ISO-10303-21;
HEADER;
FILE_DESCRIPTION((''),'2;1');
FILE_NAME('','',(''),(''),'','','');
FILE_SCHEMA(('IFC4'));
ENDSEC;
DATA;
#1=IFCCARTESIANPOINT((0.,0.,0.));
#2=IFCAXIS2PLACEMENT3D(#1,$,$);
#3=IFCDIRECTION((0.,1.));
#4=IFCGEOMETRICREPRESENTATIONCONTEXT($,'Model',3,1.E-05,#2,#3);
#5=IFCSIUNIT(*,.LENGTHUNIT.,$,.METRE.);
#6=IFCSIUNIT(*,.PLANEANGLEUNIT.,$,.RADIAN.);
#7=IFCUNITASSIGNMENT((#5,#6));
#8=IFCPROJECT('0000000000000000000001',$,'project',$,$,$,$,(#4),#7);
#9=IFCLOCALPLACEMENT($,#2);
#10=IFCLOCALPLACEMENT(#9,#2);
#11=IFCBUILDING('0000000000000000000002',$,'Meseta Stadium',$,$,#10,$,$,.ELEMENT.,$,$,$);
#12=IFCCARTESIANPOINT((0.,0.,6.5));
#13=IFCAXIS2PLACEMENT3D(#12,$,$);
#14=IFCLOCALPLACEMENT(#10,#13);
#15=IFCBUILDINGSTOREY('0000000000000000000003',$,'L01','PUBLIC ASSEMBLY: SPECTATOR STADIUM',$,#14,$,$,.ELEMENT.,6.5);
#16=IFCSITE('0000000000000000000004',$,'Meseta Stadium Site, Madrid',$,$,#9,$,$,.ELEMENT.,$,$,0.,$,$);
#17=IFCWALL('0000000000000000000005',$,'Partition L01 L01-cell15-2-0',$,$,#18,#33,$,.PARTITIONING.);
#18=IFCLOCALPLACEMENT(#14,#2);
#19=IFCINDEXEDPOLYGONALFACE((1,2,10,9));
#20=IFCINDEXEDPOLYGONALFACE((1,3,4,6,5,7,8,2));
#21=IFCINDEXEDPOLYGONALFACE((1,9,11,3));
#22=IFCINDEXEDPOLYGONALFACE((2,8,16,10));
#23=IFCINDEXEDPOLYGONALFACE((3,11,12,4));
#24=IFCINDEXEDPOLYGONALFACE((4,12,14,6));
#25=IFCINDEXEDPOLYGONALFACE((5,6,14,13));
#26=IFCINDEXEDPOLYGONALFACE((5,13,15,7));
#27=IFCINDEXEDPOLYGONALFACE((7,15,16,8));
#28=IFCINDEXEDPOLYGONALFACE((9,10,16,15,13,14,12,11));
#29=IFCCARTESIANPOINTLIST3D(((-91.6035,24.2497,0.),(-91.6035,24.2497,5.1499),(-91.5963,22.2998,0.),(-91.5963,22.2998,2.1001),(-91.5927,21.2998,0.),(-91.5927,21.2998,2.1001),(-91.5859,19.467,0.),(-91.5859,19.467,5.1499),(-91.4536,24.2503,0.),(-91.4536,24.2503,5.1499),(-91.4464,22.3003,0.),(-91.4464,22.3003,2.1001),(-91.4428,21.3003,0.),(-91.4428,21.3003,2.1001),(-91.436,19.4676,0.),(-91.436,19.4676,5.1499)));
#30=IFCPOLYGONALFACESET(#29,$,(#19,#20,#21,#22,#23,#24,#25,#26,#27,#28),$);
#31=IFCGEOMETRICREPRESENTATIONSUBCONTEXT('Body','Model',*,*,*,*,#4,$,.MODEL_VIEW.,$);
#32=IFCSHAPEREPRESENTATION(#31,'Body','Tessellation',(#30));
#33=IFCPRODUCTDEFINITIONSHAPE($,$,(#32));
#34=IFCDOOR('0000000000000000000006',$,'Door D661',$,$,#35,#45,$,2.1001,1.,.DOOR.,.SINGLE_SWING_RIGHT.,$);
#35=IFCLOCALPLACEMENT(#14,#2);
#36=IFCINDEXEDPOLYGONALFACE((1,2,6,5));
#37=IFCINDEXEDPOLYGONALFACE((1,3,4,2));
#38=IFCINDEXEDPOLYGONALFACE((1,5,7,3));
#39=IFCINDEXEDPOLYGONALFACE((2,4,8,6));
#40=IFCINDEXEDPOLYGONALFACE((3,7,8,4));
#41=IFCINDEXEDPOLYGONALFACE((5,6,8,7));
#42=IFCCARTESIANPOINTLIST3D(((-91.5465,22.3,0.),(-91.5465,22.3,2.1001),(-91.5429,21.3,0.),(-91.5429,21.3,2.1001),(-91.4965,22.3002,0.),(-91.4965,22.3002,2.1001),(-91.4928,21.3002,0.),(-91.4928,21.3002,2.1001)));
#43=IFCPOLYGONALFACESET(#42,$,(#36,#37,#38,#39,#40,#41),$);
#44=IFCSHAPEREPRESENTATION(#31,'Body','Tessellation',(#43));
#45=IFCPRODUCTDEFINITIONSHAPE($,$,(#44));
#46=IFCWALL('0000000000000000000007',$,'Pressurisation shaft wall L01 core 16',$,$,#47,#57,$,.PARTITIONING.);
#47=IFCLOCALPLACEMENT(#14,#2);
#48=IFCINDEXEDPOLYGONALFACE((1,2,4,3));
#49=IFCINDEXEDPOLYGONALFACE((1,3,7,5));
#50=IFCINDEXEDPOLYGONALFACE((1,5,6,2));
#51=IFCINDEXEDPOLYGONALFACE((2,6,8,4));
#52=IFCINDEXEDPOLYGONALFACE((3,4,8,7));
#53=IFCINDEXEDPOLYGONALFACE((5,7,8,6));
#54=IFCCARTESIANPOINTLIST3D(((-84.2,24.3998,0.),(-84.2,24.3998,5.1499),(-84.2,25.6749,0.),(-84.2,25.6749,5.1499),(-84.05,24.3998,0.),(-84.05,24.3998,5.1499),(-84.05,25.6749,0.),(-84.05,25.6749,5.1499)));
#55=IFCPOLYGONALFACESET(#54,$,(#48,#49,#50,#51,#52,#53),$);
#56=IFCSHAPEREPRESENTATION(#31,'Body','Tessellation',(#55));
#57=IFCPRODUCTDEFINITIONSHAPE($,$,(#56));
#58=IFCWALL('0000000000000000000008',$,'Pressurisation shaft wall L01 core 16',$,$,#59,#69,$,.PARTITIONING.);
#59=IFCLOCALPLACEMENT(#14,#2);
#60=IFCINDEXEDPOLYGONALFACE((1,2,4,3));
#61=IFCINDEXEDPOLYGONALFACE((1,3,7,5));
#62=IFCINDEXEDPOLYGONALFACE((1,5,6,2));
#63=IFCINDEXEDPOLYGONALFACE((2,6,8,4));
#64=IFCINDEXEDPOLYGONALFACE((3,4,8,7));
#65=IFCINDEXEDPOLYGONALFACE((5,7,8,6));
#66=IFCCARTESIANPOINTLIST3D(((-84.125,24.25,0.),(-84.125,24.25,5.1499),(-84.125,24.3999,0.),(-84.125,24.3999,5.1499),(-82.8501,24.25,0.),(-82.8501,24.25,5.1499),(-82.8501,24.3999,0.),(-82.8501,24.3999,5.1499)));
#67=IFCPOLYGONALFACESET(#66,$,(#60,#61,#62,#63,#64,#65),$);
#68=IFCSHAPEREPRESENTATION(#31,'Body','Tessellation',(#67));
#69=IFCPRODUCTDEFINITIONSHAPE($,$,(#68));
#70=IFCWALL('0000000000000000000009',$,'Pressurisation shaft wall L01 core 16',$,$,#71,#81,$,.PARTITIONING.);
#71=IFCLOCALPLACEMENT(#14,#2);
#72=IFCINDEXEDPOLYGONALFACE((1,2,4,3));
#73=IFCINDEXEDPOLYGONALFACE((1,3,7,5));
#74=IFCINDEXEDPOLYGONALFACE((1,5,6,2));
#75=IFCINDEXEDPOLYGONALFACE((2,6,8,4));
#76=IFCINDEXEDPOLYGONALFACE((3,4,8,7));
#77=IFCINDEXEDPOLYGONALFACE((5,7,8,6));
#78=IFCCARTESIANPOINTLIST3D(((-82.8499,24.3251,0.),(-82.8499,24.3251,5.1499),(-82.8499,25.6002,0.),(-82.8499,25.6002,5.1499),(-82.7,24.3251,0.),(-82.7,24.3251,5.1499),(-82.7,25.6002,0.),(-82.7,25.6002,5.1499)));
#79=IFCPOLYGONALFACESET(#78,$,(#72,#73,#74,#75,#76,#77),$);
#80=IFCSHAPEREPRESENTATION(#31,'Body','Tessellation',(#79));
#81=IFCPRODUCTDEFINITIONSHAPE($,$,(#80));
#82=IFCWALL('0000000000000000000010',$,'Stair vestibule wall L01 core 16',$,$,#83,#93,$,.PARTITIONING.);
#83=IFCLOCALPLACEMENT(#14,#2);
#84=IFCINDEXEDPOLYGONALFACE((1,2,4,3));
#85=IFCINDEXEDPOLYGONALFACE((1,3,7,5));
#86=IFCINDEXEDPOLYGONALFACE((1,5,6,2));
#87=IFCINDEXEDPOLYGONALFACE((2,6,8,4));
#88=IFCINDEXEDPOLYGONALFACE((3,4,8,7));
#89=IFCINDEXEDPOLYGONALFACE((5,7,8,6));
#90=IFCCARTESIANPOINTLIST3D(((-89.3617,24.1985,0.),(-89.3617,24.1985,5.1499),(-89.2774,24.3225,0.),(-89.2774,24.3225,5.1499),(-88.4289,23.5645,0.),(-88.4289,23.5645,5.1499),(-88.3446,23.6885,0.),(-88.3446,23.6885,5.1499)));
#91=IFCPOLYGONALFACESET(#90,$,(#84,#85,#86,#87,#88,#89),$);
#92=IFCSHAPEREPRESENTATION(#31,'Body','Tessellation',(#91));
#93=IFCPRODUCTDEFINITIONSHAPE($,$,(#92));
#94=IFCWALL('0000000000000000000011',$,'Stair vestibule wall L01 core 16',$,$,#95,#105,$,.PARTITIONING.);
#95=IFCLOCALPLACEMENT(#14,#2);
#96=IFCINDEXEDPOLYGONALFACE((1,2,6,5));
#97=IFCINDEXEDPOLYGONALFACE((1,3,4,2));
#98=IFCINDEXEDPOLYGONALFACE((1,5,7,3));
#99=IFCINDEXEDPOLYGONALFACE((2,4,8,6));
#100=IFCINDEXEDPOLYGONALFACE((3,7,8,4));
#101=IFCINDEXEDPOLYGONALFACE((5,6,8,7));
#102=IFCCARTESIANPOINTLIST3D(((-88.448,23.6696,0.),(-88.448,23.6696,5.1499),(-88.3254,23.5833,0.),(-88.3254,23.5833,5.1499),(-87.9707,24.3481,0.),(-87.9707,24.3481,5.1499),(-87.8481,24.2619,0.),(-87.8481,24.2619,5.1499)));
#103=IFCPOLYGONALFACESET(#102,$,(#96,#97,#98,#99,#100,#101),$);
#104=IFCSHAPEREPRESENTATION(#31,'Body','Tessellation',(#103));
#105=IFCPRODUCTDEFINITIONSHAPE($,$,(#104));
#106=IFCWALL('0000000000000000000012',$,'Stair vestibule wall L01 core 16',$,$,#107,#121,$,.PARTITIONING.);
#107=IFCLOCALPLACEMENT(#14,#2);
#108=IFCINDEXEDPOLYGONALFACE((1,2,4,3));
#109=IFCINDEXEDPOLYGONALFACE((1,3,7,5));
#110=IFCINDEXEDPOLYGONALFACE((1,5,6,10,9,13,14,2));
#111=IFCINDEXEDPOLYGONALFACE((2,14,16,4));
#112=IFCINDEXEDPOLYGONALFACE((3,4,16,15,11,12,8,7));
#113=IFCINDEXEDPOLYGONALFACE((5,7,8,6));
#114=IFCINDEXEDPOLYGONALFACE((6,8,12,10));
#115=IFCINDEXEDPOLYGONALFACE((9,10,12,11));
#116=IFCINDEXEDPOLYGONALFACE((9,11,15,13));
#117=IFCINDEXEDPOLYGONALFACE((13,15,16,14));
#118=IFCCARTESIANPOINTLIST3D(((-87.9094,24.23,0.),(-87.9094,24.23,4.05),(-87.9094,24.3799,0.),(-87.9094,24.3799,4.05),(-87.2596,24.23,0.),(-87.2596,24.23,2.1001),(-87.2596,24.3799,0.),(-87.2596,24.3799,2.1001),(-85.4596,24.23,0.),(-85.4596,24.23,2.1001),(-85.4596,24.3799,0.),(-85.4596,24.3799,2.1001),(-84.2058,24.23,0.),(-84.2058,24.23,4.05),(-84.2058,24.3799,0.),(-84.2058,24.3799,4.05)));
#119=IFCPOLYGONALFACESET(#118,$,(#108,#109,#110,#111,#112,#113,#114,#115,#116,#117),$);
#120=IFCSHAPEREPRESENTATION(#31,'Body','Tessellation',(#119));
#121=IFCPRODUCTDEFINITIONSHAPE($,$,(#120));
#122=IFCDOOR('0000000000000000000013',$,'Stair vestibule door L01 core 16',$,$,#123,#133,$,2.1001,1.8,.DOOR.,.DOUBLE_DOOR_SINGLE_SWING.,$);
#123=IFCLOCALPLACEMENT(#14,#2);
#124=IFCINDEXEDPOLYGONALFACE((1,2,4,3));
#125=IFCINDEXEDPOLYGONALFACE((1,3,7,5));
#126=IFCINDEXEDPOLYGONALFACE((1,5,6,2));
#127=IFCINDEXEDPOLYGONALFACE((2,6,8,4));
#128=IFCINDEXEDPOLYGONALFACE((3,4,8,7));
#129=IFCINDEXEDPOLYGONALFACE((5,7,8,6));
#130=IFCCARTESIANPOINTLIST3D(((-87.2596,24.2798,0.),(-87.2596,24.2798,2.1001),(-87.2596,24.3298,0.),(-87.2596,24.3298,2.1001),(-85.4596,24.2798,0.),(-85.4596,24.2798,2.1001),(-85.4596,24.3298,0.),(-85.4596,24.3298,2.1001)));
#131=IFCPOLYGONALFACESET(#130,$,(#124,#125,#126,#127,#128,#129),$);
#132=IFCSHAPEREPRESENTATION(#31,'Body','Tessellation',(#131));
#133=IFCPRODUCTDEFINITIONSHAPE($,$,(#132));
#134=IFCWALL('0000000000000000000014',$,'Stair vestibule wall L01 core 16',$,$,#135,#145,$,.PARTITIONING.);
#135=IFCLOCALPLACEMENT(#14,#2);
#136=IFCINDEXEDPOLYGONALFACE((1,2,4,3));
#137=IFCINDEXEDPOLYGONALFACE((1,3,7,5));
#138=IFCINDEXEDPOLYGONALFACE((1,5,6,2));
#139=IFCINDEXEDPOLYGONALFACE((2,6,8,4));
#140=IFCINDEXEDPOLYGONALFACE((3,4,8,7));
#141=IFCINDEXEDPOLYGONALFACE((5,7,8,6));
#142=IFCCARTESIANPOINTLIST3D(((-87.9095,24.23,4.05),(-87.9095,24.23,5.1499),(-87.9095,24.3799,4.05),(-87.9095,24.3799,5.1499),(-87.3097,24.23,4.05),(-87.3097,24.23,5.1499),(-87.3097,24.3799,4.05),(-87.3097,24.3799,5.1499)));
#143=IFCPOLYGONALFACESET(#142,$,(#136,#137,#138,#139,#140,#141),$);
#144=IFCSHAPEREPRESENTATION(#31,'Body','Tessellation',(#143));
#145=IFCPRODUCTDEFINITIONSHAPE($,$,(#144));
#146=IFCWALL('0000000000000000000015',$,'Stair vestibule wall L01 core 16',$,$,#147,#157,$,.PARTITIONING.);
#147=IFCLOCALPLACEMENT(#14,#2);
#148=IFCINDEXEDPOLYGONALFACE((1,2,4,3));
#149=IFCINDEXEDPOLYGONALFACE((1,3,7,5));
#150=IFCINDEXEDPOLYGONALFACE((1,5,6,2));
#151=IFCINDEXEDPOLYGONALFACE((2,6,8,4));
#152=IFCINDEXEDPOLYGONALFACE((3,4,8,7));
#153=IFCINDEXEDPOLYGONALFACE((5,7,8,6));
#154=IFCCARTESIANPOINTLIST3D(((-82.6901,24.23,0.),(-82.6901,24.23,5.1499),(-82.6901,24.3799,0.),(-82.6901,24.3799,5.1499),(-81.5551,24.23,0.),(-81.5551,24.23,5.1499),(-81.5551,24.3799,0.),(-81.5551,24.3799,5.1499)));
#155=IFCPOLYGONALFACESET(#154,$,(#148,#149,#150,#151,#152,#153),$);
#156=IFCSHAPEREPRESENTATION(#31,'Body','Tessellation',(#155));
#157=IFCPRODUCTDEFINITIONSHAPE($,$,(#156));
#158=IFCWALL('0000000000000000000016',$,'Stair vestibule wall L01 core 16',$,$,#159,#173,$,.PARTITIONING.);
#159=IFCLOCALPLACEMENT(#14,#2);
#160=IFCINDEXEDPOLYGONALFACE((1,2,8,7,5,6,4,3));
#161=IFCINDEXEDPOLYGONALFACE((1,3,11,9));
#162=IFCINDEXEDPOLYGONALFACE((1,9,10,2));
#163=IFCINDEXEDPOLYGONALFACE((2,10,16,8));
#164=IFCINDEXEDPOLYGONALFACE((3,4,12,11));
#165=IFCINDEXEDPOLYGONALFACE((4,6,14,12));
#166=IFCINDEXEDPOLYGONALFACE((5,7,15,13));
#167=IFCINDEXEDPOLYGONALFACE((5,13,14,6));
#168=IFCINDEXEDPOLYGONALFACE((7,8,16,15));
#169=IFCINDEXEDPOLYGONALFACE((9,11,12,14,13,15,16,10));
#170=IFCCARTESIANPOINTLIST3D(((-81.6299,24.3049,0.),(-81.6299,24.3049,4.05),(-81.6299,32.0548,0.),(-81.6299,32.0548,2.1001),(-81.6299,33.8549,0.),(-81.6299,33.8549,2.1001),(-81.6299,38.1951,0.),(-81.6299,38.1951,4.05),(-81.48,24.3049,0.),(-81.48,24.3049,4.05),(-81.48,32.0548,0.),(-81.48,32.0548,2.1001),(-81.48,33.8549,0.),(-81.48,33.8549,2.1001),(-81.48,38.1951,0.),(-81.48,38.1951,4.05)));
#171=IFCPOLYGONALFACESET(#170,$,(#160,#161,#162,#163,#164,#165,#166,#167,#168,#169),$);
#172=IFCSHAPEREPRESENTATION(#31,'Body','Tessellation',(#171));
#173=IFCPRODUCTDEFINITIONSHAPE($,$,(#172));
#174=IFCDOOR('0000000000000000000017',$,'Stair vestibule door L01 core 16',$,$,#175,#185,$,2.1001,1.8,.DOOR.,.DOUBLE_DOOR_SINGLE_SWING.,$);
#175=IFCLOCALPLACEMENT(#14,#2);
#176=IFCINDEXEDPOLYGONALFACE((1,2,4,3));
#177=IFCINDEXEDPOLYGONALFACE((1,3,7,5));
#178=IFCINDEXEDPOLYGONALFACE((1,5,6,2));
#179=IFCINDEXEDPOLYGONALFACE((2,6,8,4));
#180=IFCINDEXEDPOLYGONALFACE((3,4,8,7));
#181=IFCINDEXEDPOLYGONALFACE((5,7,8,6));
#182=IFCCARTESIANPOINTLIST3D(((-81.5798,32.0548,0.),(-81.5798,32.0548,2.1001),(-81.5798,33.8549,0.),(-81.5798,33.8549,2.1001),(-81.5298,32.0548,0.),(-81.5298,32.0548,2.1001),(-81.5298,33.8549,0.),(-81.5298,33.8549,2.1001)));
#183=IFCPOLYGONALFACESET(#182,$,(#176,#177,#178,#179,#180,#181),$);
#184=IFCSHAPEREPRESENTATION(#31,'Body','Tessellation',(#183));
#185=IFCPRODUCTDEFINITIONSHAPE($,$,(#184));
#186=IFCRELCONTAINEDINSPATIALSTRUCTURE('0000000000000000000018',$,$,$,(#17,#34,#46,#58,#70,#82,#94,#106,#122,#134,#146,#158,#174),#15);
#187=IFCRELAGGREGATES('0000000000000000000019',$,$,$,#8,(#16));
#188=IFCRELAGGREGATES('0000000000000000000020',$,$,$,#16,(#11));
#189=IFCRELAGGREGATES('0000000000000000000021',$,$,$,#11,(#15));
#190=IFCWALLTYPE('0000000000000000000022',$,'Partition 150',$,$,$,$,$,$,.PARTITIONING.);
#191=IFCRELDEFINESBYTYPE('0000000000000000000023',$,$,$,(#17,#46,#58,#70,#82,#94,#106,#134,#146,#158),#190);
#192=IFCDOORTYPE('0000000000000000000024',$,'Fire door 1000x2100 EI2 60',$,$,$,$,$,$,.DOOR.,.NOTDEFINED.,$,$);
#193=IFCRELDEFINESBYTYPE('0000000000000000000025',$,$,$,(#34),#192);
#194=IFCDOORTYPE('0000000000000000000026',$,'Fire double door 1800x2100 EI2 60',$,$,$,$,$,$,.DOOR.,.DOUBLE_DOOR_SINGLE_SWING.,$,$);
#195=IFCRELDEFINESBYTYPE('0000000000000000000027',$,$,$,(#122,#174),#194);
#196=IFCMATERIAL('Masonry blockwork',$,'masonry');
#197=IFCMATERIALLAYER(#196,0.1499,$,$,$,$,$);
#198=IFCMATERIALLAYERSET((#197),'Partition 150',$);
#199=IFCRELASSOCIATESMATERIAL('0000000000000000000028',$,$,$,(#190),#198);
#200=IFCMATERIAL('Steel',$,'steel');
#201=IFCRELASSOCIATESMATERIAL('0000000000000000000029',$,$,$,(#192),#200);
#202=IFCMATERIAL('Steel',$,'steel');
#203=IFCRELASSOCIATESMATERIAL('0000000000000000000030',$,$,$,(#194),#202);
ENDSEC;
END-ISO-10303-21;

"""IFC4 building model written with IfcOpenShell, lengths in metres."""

from ifc_helpers import new_model, si_unit, direction, frame, frame_2d, origin, place, context, subcontext, project, spatial, rectangle, extrude, material, layer, layer_set, type_object, element, fill, save


model = new_model("IFC4")

# Units and contexts
model_context = context("Model", 3, precision=1e-05, world=origin(), true_north=direction((0.0, 1.0)))
body_context = subcontext(model_context, "Body", "Model", "MODEL_VIEW")
ifc_project = project(units=[si_unit("LENGTHUNIT", "METRE"), si_unit("PLANEANGLEUNIT", "RADIAN")], contexts=[model_context])

# Site, building, storey
site_placement = place(None, origin())
site = spatial("IfcSite", under=ifc_project, at=site_placement, Name="Meseta Stadium Site, Madrid", CompositionType="ELEMENT", RefElevation=0.0)
building_placement = place(site_placement, origin())
building = spatial("IfcBuilding", under=site, at=building_placement, Name="Meseta Stadium", CompositionType="ELEMENT")
storey_placement = place(building_placement, frame((0.0, 0.0, 6.5)))
storey = spatial("IfcBuildingStorey", under=building, at=storey_placement, Name="L01", Description="PUBLIC ASSEMBLY: SPECTATOR STADIUM", CompositionType="ELEMENT", Elevation=6.5)

# Wall, opening, door
ifc_material_1 = material(Name="Masonry blockwork", Category="masonry")
ifc_layer = layer(ifc_material_1, 0.1499)
ifc_layer_set = layer_set([ifc_layer], Name="Partition 150")
wall_type = type_object("IfcWallType", Name="Partition 150", PredefinedType="PARTITIONING", material=ifc_layer_set)
wall_1_placement = place(storey_placement, frame((-91.5286, 24.25, 0.0), z_axis=(0.0, 0.0, 1.0), x_axis=(0.003675, -0.999993, 0.0)))
wall_1 = element("IfcWall", 1, at=wall_1_placement, inside=storey, type_object=wall_type, Name="Partition L01 L01-cell15-2-0", PredefinedType="PARTITIONING", context=body_context, shape_type="SweptSolid", body=[
    extrude(rectangle(XDim=4.7827, YDim=0.1499, at=frame_2d((2.3914, 0.0))), origin(), (0.0, 0.0, 1.0), 5.1499),
])
opening_1_placement = place(wall_1_placement, frame((1.95, 0.0, 0.0)))
opening_1 = element("IfcOpeningElement", 2, at=opening_1_placement, cuts=wall_1, PredefinedType="OPENING", context=body_context, shape_type="SweptSolid", body=[
    extrude(rectangle(XDim=1.0, YDim=2.1001, at=frame_2d((0.5, 1.05))), frame((0.0, 0.085, 0.0), z_axis=(0.0, -1.0, 0.0), x_axis=(1.0, 0.0, 0.0)), (0.0, 0.0, 1.0), 0.1699),
])
ifc_material_2 = material(Name="Steel", Category="steel")
door_type_1 = type_object("IfcDoorType", Name="Fire door 1000x2100 EI2 60", OperationType="NOTDEFINED", PredefinedType="DOOR", material=ifc_material_2)
door_1_placement = place(opening_1_placement, origin())
door_1 = element("IfcDoor", 3, at=door_1_placement, inside=storey, type_object=door_type_1, Name="Door D661", OperationType="SINGLE_SWING_RIGHT", OverallHeight=2.1001, OverallWidth=1.0, PredefinedType="DOOR", context=body_context, shape_type="SweptSolid", body=[
    extrude(rectangle(XDim=1.0, YDim=2.1001, at=frame_2d((0.5, 1.05))), frame((0.0, 0.0249, 0.0), z_axis=(0.0, -1.0, 0.0), x_axis=(1.0, 0.0, 0.0)), (0.0, 0.0, 1.0), 0.05),
])
fill(opening_1, door_1)

# Walls
wall_2_placement = place(storey_placement, frame((-84.125, 25.675, 0.0), z_axis=(0.0, 0.0, 1.0), x_axis=(0.0, -1.0, 0.0)))
element("IfcWall", 4, at=wall_2_placement, inside=storey, type_object=wall_type, Name="Pressurisation shaft wall L01 core 16", PredefinedType="PARTITIONING", context=body_context, shape_type="SweptSolid", body=[
    extrude(rectangle(XDim=1.2751, YDim=0.1499, at=frame_2d((0.6377, 0.0))), origin(), (0.0, 0.0, 1.0), 5.1499),
])
wall_3_placement = place(storey_placement, frame((-84.125, 24.325, 0.0), z_axis=(0.0, 0.0, 1.0), x_axis=(1.0, 0.0, 0.0)))
element("IfcWall", 5, at=wall_3_placement, inside=storey, type_object=wall_type, Name="Pressurisation shaft wall L01 core 16", PredefinedType="PARTITIONING", context=body_context, shape_type="SweptSolid", body=[
    extrude(rectangle(XDim=1.2749, YDim=0.1499, at=frame_2d((0.6375, 0.0))), origin(), (0.0, 0.0, 1.0), 5.1499),
])
wall_4_placement = place(storey_placement, frame((-82.7749, 24.325, 0.0), z_axis=(0.0, 0.0, 1.0), x_axis=(0.0, 1.0, 0.0)))
element("IfcWall", 6, at=wall_4_placement, inside=storey, type_object=wall_type, Name="Pressurisation shaft wall L01 core 16", PredefinedType="PARTITIONING", context=body_context, shape_type="SweptSolid", body=[
    extrude(rectangle(XDim=1.2751, YDim=0.1499, at=frame_2d((0.6377, 0.0))), origin(), (0.0, 0.0, 1.0), 5.1499),
])
wall_5_placement = place(storey_placement, frame((-89.3196, 24.2605, 0.0), z_axis=(0.0, 0.0, 1.0), x_axis=(0.827055, -0.562121, 0.0)))
element("IfcWall", 7, at=wall_5_placement, inside=storey, type_object=wall_type, Name="Stair vestibule wall L01 core 16", PredefinedType="PARTITIONING", context=body_context, shape_type="SweptSolid", body=[
    extrude(rectangle(XDim=1.1279, YDim=0.1499, at=frame_2d((0.564, 0.0))), origin(), (0.0, 0.0, 1.0), 5.1499),
])
wall_6_placement = place(storey_placement, frame((-88.3867, 23.6265, 0.0), z_axis=(0.0, 0.0, 1.0), x_axis=(0.575377, 0.817888, 0.0)))
element("IfcWall", 8, at=wall_6_placement, inside=storey, type_object=wall_type, Name="Stair vestibule wall L01 core 16", PredefinedType="PARTITIONING", context=body_context, shape_type="SweptSolid", body=[
    extrude(rectangle(XDim=0.8296, YDim=0.1499, at=frame_2d((0.4148, 0.0))), origin(), (0.0, 0.0, 1.0), 5.1499),
])

# Wall, opening, door
wall_7_placement = place(storey_placement, frame((-87.9094, 24.3049, 0.0), z_axis=(0.0, 0.0, 1.0), x_axis=(1.0, 0.0, 0.0)))
wall_7 = element("IfcWall", 9, at=wall_7_placement, inside=storey, type_object=wall_type, Name="Stair vestibule wall L01 core 16", PredefinedType="PARTITIONING", context=body_context, shape_type="SweptSolid", body=[
    extrude(rectangle(XDim=3.7036, YDim=0.1499, at=frame_2d((1.8518, 0.0))), origin(), (0.0, 0.0, 1.0), 4.05),
])
opening_2_placement = place(wall_7_placement, frame((0.6499, 0.0, 0.0)))
opening_2 = element("IfcOpeningElement", 10, at=opening_2_placement, cuts=wall_7, PredefinedType="OPENING", context=body_context, shape_type="SweptSolid", body=[
    extrude(rectangle(XDim=1.8, YDim=2.1001, at=frame_2d((0.8999, 1.05))), frame((0.0, 0.085, 0.0), z_axis=(0.0, -1.0, 0.0), x_axis=(1.0, 0.0, 0.0)), (0.0, 0.0, 1.0), 0.1699),
])
ifc_material_3 = material(Name="Steel", Category="steel")
door_type_2 = type_object("IfcDoorType", Name="Fire double door 1800x2100 EI2 60", OperationType="DOUBLE_DOOR_SINGLE_SWING", PredefinedType="DOOR", material=ifc_material_3)
door_2_placement = place(opening_2_placement, origin())
door_2 = element("IfcDoor", 11, at=door_2_placement, inside=storey, type_object=door_type_2, Name="Stair vestibule door L01 core 16", OperationType="DOUBLE_DOOR_SINGLE_SWING", OverallHeight=2.1001, OverallWidth=1.8, PredefinedType="DOOR", context=body_context, shape_type="SweptSolid", body=[
    extrude(rectangle(XDim=1.8, YDim=2.1001, at=frame_2d((0.8999, 1.05))), frame((0.0, 0.0249, 0.0), z_axis=(0.0, -1.0, 0.0), x_axis=(1.0, 0.0, 0.0)), (0.0, 0.0, 1.0), 0.05),
])
fill(opening_2, door_2)

# Walls
wall_8_placement = place(storey_placement, frame((-87.9094, 24.3049, 4.05), z_axis=(0.0, 0.0, 1.0), x_axis=(1.0, 0.0, 0.0)))
element("IfcWall", 12, at=wall_8_placement, inside=storey, type_object=wall_type, Name="Stair vestibule wall L01 core 16", PredefinedType="PARTITIONING", context=body_context, shape_type="SweptSolid", body=[
    extrude(rectangle(XDim=0.5999, YDim=0.1499, at=frame_2d((0.2998, 0.0))), origin(), (0.0, 0.0, 1.0), 1.0999),
])
wall_9_placement = place(storey_placement, frame((-82.6899, 24.3049, 0.0), z_axis=(0.0, 0.0, 1.0), x_axis=(1.0, 0.0, 0.0)))
element("IfcWall", 13, at=wall_9_placement, inside=storey, type_object=wall_type, Name="Stair vestibule wall L01 core 16", PredefinedType="PARTITIONING", context=body_context, shape_type="SweptSolid", body=[
    extrude(rectangle(XDim=1.135, YDim=0.1499, at=frame_2d((0.5674, 0.0))), origin(), (0.0, 0.0, 1.0), 5.1499),
])

# Wall, opening, door
wall_10_placement = place(storey_placement, frame((-81.5549, 24.3049, 0.0), z_axis=(0.0, 0.0, 1.0), x_axis=(0.0, 1.0, 0.0)))
wall_10 = element("IfcWall", 14, at=wall_10_placement, inside=storey, type_object=wall_type, Name="Stair vestibule wall L01 core 16", PredefinedType="PARTITIONING", context=body_context, shape_type="SweptSolid", body=[
    extrude(rectangle(XDim=13.8901, YDim=0.1499, at=frame_2d((6.9451, 0.0))), origin(), (0.0, 0.0, 1.0), 4.05),
])
opening_3_placement = place(wall_10_placement, frame((7.75, 0.0, 0.0)))
opening_3 = element("IfcOpeningElement", 15, at=opening_3_placement, cuts=wall_10, PredefinedType="OPENING", context=body_context, shape_type="SweptSolid", body=[
    extrude(rectangle(XDim=1.8, YDim=2.1001, at=frame_2d((0.8999, 1.05))), frame((0.0, 0.085, 0.0), z_axis=(0.0, -1.0, 0.0), x_axis=(1.0, 0.0, 0.0)), (0.0, 0.0, 1.0), 0.1699),
])
door_3_placement = place(opening_3_placement, origin())
door_3 = element("IfcDoor", 16, at=door_3_placement, inside=storey, type_object=door_type_2, Name="Stair vestibule door L01 core 16", OperationType="DOUBLE_DOOR_SINGLE_SWING", OverallHeight=2.1001, OverallWidth=1.8, PredefinedType="DOOR", context=body_context, shape_type="SweptSolid", body=[
    extrude(rectangle(XDim=1.8, YDim=2.1001, at=frame_2d((0.8999, 1.05))), frame((0.0, 0.0249, 0.0), z_axis=(0.0, -1.0, 0.0), x_axis=(1.0, 0.0, 0.0)), (0.0, 0.0, 1.0), 0.05),
])
fill(opening_3, door_3)

save(model, "model.ifc")
